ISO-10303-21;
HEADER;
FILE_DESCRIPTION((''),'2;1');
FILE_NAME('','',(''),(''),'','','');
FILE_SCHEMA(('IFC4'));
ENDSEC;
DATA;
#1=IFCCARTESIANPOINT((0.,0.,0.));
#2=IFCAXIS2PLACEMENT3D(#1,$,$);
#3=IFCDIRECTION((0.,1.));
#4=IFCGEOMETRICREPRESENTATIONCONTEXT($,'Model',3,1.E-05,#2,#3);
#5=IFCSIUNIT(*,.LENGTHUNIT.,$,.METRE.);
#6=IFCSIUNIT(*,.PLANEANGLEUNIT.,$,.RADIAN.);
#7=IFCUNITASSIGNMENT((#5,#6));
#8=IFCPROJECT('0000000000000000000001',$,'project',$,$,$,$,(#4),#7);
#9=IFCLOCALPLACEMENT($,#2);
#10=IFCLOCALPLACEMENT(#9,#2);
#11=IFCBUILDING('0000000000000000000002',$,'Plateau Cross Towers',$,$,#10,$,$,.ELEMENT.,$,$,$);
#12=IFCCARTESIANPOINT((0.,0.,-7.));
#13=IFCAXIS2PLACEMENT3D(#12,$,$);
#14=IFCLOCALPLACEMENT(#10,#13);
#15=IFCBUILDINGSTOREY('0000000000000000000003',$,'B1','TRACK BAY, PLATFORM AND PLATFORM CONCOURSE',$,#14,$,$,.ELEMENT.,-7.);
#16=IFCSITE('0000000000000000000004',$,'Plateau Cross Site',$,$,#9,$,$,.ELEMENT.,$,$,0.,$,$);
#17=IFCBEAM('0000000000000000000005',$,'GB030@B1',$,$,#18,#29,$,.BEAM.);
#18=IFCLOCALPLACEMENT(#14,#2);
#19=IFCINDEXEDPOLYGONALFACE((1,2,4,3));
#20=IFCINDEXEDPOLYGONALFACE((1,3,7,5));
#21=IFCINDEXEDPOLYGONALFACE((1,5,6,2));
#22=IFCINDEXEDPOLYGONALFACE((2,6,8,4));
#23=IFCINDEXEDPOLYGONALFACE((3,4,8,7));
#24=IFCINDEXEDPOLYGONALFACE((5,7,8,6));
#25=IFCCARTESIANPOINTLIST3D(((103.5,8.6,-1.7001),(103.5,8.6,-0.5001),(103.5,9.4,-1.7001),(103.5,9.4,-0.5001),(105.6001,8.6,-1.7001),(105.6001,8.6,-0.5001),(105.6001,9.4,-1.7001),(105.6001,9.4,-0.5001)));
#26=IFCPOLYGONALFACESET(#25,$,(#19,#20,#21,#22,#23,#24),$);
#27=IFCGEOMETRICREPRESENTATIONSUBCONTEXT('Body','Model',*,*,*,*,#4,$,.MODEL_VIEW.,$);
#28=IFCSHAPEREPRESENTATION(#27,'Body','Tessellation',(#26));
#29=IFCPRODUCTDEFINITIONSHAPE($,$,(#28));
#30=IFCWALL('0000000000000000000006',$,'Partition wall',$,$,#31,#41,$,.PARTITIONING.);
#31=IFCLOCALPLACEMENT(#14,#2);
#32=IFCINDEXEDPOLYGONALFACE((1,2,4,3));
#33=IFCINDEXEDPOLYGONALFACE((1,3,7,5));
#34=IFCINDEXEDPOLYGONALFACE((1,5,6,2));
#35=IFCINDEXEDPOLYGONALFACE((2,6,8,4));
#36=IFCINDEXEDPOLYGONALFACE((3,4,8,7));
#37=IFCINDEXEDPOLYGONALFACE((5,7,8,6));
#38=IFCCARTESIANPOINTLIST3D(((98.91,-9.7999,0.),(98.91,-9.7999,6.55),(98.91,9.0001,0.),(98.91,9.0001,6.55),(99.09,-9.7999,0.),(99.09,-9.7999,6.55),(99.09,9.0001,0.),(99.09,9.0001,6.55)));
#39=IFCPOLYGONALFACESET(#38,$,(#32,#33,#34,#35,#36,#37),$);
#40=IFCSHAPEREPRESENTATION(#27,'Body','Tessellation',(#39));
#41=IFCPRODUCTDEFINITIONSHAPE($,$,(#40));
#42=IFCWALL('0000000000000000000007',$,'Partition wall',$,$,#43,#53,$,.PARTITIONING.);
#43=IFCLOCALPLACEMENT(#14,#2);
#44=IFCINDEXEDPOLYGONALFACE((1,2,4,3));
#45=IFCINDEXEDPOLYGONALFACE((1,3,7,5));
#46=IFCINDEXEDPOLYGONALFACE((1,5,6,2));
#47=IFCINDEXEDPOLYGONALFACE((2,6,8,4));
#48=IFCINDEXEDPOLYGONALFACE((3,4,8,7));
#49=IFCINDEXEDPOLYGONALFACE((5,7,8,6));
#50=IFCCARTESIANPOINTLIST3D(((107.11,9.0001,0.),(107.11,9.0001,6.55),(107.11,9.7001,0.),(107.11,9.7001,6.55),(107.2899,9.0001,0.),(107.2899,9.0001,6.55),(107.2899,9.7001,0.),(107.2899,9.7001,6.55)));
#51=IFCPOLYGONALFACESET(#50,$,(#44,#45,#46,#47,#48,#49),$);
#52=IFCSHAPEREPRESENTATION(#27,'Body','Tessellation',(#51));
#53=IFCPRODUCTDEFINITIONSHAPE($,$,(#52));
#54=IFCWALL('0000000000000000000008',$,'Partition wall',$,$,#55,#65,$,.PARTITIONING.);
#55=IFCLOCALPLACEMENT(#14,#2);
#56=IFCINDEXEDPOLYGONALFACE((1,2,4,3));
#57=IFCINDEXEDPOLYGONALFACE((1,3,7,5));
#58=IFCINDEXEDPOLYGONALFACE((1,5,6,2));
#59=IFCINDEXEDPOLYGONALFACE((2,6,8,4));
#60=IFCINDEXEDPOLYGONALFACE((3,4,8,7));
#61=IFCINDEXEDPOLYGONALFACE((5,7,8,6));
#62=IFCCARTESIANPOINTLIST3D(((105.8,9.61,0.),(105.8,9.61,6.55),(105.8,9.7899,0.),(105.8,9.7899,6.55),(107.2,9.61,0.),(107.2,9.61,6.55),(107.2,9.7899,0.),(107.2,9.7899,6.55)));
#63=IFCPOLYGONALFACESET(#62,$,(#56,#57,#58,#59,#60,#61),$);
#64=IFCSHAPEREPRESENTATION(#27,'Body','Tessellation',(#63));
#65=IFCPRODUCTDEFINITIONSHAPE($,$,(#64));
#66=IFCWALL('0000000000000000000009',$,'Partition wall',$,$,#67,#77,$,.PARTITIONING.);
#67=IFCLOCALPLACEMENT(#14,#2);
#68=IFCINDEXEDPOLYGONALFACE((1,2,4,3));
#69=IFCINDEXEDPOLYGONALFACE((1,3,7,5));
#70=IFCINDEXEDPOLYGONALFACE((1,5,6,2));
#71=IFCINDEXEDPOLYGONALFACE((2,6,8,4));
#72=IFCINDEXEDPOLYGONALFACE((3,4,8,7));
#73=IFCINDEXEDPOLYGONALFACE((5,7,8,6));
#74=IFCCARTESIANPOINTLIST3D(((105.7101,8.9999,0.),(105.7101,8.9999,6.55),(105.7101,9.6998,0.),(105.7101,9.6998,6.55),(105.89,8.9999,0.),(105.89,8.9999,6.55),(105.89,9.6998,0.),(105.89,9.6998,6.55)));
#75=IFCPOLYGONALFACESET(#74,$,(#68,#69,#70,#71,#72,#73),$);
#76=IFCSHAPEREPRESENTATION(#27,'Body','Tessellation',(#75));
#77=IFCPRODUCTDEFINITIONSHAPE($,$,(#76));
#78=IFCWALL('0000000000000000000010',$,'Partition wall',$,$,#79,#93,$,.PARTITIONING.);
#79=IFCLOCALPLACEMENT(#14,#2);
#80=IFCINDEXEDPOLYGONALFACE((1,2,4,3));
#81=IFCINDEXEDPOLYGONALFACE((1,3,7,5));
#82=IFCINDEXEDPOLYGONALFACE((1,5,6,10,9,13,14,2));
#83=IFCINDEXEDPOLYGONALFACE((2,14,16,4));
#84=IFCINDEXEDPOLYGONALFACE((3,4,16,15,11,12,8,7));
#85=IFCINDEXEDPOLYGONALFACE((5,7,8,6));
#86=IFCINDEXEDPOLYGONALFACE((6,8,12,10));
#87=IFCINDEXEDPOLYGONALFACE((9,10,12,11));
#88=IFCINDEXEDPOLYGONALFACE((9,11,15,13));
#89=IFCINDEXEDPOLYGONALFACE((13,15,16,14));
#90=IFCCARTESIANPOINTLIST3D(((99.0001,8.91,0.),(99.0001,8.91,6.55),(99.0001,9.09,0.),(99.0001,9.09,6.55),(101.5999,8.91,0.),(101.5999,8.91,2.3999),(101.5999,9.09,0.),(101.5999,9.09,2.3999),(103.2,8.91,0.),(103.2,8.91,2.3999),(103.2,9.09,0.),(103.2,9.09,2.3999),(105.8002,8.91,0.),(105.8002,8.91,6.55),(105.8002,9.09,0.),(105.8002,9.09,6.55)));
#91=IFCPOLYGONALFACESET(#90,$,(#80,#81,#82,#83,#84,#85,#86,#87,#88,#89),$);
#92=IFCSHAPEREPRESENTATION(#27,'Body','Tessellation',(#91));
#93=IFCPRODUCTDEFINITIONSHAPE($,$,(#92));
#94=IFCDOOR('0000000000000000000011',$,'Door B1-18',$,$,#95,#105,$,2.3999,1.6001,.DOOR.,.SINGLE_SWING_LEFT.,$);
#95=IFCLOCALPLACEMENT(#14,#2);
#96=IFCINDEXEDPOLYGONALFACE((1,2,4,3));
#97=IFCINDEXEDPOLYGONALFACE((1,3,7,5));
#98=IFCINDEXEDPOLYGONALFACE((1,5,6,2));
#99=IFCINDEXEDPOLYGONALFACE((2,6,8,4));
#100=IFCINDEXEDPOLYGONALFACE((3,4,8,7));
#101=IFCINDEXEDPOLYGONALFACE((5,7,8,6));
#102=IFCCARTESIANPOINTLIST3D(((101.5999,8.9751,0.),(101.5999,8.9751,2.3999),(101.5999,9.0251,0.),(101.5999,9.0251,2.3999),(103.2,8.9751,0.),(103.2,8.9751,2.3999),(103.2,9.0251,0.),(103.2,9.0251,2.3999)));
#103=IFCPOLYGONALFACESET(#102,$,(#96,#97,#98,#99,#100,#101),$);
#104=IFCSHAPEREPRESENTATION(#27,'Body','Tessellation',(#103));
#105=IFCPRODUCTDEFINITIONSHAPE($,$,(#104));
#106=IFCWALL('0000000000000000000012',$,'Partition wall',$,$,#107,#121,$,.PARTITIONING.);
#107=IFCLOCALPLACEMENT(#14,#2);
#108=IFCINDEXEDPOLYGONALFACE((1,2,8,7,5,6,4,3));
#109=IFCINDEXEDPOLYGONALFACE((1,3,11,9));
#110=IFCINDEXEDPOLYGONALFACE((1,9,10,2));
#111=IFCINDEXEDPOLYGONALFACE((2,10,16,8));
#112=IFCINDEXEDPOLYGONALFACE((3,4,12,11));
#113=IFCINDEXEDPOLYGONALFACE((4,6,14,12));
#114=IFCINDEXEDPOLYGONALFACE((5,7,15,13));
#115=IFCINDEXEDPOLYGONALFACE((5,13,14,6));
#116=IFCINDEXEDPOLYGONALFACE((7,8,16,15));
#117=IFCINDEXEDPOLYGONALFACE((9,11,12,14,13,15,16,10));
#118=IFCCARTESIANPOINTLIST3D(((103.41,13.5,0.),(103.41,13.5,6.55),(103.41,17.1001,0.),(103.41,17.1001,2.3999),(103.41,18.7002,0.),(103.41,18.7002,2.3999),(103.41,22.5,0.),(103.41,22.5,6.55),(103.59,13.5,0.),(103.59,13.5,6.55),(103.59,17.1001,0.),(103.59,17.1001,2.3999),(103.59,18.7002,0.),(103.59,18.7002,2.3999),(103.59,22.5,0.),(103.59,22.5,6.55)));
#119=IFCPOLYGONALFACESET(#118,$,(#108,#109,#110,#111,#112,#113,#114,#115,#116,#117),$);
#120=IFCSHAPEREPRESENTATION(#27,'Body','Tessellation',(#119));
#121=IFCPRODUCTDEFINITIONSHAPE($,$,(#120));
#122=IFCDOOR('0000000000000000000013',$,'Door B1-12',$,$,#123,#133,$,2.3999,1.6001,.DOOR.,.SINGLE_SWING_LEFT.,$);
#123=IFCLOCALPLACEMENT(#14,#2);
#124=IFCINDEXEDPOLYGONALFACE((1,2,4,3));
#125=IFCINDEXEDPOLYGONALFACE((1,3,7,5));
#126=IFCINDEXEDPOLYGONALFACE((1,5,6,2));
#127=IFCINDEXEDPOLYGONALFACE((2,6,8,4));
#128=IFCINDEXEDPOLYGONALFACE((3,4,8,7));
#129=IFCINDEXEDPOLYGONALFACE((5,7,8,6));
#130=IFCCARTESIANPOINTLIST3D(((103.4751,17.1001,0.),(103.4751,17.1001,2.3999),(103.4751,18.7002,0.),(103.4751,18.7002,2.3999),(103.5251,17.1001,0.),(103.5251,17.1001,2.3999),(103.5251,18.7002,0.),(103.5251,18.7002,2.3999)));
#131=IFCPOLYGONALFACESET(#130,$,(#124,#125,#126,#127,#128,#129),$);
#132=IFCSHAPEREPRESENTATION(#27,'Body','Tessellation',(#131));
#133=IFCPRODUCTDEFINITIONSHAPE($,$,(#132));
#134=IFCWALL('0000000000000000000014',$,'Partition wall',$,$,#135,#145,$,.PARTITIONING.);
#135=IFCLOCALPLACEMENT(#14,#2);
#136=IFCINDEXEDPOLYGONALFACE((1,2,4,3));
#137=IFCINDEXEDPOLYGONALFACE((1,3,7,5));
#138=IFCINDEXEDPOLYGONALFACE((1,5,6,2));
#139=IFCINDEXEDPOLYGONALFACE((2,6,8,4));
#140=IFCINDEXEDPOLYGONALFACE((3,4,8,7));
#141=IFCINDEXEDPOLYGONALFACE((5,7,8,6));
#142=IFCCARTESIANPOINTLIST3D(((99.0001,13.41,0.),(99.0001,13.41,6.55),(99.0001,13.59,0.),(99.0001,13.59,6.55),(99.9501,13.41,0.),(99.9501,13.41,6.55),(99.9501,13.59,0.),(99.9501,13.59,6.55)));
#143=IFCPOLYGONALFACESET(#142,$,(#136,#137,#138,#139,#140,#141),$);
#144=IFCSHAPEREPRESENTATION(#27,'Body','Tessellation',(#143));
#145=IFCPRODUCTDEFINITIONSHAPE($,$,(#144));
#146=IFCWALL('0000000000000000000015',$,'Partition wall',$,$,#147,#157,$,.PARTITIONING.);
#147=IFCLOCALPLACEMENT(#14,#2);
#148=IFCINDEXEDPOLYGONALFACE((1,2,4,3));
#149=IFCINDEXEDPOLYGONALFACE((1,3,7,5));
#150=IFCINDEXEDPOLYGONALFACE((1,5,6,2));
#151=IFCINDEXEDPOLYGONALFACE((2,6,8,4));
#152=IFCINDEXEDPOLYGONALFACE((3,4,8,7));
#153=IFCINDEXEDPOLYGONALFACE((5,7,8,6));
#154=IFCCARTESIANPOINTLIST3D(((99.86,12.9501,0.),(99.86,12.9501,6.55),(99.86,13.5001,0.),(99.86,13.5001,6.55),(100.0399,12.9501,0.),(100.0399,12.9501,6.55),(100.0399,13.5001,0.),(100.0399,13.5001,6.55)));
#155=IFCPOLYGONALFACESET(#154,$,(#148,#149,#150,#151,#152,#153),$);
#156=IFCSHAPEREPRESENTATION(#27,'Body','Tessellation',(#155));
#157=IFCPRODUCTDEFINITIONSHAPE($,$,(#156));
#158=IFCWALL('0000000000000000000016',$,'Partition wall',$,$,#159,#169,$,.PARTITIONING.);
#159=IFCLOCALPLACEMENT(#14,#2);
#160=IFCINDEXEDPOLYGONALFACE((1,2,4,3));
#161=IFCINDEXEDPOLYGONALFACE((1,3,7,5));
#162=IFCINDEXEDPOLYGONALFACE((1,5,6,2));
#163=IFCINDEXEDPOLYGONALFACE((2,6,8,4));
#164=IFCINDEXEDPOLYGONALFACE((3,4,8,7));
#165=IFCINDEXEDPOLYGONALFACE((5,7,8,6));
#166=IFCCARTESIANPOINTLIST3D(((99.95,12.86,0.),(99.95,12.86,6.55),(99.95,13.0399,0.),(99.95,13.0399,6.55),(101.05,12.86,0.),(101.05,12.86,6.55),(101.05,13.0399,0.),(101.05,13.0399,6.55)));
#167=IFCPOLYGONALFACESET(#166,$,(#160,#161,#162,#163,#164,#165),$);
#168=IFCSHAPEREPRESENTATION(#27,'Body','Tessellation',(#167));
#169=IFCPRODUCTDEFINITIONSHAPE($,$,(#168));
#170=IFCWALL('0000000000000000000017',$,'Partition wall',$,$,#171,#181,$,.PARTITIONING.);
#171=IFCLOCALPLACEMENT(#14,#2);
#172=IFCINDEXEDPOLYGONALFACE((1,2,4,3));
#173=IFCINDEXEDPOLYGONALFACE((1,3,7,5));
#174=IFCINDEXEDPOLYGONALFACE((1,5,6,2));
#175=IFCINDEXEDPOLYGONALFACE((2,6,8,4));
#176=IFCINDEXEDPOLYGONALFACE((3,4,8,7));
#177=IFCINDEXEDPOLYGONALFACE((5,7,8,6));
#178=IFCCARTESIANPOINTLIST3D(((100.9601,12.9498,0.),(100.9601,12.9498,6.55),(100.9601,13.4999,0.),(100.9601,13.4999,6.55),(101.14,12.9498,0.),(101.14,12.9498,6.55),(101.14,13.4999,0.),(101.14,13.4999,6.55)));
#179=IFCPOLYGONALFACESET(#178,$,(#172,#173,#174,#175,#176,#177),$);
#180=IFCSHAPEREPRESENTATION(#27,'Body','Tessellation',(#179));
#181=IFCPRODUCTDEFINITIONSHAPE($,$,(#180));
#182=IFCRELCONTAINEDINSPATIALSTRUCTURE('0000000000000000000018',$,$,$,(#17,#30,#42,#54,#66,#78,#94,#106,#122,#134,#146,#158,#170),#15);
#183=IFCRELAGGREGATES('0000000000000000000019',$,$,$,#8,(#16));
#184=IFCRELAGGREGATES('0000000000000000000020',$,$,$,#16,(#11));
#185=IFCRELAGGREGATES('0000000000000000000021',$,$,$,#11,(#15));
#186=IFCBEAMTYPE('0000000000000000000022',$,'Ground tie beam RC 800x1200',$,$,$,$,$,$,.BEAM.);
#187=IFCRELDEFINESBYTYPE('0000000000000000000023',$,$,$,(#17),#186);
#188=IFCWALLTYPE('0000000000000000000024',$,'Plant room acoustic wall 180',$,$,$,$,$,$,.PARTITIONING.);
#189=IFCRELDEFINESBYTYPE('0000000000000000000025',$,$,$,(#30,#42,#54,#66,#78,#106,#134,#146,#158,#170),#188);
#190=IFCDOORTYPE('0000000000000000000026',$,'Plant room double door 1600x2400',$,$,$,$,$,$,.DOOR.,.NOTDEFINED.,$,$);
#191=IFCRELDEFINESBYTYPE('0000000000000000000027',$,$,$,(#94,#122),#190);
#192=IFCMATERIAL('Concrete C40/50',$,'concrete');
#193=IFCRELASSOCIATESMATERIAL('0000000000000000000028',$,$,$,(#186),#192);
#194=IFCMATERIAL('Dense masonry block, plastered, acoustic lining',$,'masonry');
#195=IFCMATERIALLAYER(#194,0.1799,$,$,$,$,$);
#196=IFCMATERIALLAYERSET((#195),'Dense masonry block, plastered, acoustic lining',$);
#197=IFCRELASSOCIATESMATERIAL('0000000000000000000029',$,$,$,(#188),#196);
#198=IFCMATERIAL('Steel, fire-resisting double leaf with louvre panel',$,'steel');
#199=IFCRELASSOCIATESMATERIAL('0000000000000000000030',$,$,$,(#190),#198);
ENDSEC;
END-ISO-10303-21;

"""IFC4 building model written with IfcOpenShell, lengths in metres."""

from ifc_helpers import new_model, si_unit, direction, frame, frame_2d, origin, origin_2d, place, context, subcontext, project, spatial, rectangle, extrude, material, layer, layer_set, material_profile, profile_set, type_object, element, fill, save


model = new_model("IFC4")

# Units and contexts
model_context = context("Model", 3, precision=1e-05, world=origin(), true_north=direction((0.0, 1.0)))
body_context = subcontext(model_context, "Body", "Model", "MODEL_VIEW")
ifc_project = project(units=[si_unit("LENGTHUNIT", "METRE"), si_unit("PLANEANGLEUNIT", "RADIAN")], contexts=[model_context])

# Site, building, storey
site_placement = place(None, origin())
site = spatial("IfcSite", under=ifc_project, at=site_placement, Name="Plateau Cross Site", CompositionType="ELEMENT", RefElevation=0.0)
building_placement = place(site_placement, origin())
building = spatial("IfcBuilding", under=site, at=building_placement, Name="Plateau Cross Towers", CompositionType="ELEMENT")
storey_placement = place(building_placement, frame((0.0, 0.0, -7.0)))
storey = spatial("IfcBuildingStorey", under=building, at=storey_placement, Name="B1", Description="TRACK BAY, PLATFORM AND PLATFORM CONCOURSE", CompositionType="ELEMENT", Elevation=-7.0)

# Shared definitions
ifc_material_1 = material(Name="Concrete C40/50", Category="concrete")

# Beam
ifc_material_profile_1 = material_profile(ifc_material_1, rectangle(XDim=0.8, YDim=1.2, at=origin_2d()), Name="RC 800x1200")
ifc_profile_set_1 = profile_set([ifc_material_profile_1], Name="Concrete C40/50")
beam_type_1 = type_object("IfcBeamType", Name="Ground tie beam RC 800x1200", PredefinedType="BEAM", material=ifc_profile_set_1)
beam_1_placement = place(storey_placement, frame((103.5, 9.0, -1.1001), z_axis=(1.0, 0.0, 0.0), x_axis=(0.0, 1.0, 0.0)))
element("IfcBeam", 1, at=beam_1_placement, inside=storey, type_object=beam_type_1, Name="GB030@B1", PredefinedType="BEAM", context=body_context, shape_type="SweptSolid", body=[
    extrude(rectangle(XDim=0.8, YDim=1.2, at=origin_2d()), origin(), (0.0, 0.0, 1.0), 2.1001),
])

# Walls
ifc_material_2 = material(Name="Dense masonry block, plastered, acoustic lining", Category="masonry")
ifc_layer = layer(ifc_material_2, 0.1799)
ifc_layer_set = layer_set([ifc_layer], Name="Dense masonry block, plastered, acoustic lining")
wall_type = type_object("IfcWallType", Name="Plant room acoustic wall 180", PredefinedType="PARTITIONING", material=ifc_layer_set)
wall_1_placement = place(storey_placement, frame((99.0, 9.0, 0.0), z_axis=(0.0, 0.0, 1.0), x_axis=(0.0, -1.0, 0.0)))
element("IfcWall", 2, at=wall_1_placement, inside=storey, type_object=wall_type, Name="Partition wall", PredefinedType="PARTITIONING", context=body_context, shape_type="SweptSolid", body=[
    extrude(rectangle(XDim=18.8, YDim=0.1799, at=frame_2d((9.3999, 0.0))), origin(), (0.0, 0.0, 1.0), 6.55),
])
wall_2_placement = place(storey_placement, frame((107.2, 9.0, 0.0), z_axis=(0.0, 0.0, 1.0), x_axis=(0.0, 1.0, 0.0)))
element("IfcWall", 3, at=wall_2_placement, inside=storey, type_object=wall_type, Name="Partition wall", PredefinedType="PARTITIONING", context=body_context, shape_type="SweptSolid", body=[
    extrude(rectangle(XDim=0.7, YDim=0.1799, at=frame_2d((0.3501, 0.0))), origin(), (0.0, 0.0, 1.0), 6.55),
])
wall_3_placement = place(storey_placement, frame((107.2, 9.7, 0.0), z_axis=(0.0, 0.0, 1.0), x_axis=(-1.0, 0.0, 0.0)))
element("IfcWall", 4, at=wall_3_placement, inside=storey, type_object=wall_type, Name="Partition wall", PredefinedType="PARTITIONING", context=body_context, shape_type="SweptSolid", body=[
    extrude(rectangle(XDim=1.3999, YDim=0.1799, at=frame_2d((0.7, 0.0))), origin(), (0.0, 0.0, 1.0), 6.55),
])
wall_4_placement = place(storey_placement, frame((105.8, 9.7, 0.0), z_axis=(0.0, 0.0, 1.0), x_axis=(0.0, -1.0, 0.0)))
element("IfcWall", 5, at=wall_4_placement, inside=storey, type_object=wall_type, Name="Partition wall", PredefinedType="PARTITIONING", context=body_context, shape_type="SweptSolid", body=[
    extrude(rectangle(XDim=0.7, YDim=0.1799, at=frame_2d((0.3501, 0.0))), origin(), (0.0, 0.0, 1.0), 6.55),
])

# Walls, openings, doors
wall_5_placement = place(storey_placement, frame((105.8, 9.0, 0.0), z_axis=(0.0, 0.0, 1.0), x_axis=(-1.0, 0.0, 0.0)))
wall_5 = element("IfcWall", 6, at=wall_5_placement, inside=storey, type_object=wall_type, Name="Partition wall", PredefinedType="PARTITIONING", context=body_context, shape_type="SweptSolid", body=[
    extrude(rectangle(XDim=6.8, YDim=0.1799, at=frame_2d((3.3999, 0.0))), origin(), (0.0, 0.0, 1.0), 6.55),
])
opening_1_placement = place(wall_5_placement, frame((2.6001, 0.0, 0.0)))
opening_1 = element("IfcOpeningElement", 7, at=opening_1_placement, cuts=wall_5, PredefinedType="OPENING", context=body_context, shape_type="SweptSolid", body=[
    extrude(rectangle(XDim=1.6001, YDim=2.3999, at=frame_2d((0.8, 1.2))), frame((0.0, 0.0999, 0.0), z_axis=(0.0, -1.0, 0.0), x_axis=(1.0, 0.0, 0.0)), (0.0, 0.0, 1.0), 0.2),
])
ifc_material_3 = material(Name="Steel, fire-resisting double leaf with louvre panel", Category="steel")
door_type = type_object("IfcDoorType", Name="Plant room double door 1600x2400", OperationType="NOTDEFINED", PredefinedType="DOOR", material=ifc_material_3)
door_1_placement = place(opening_1_placement, origin())
door_1 = element("IfcDoor", 8, at=door_1_placement, inside=storey, type_object=door_type, Name="Door B1-18", OperationType="SINGLE_SWING_LEFT", OverallHeight=2.3999, OverallWidth=1.6001, PredefinedType="DOOR", context=body_context, shape_type="SweptSolid", body=[
    extrude(rectangle(XDim=1.6001, YDim=2.3999, at=frame_2d((0.8, 1.2))), frame((0.0, 0.0249, 0.0), z_axis=(0.0, -1.0, 0.0), x_axis=(1.0, 0.0, 0.0)), (0.0, 0.0, 1.0), 0.05),
])
fill(opening_1, door_1)
wall_6_placement = place(storey_placement, frame((103.5, 13.5, 0.0), z_axis=(0.0, 0.0, 1.0), x_axis=(0.0, 1.0, 0.0)))
wall_6 = element("IfcWall", 9, at=wall_6_placement, inside=storey, type_object=wall_type, Name="Partition wall", PredefinedType="PARTITIONING", context=body_context, shape_type="SweptSolid", body=[
    extrude(rectangle(XDim=9.0, YDim=0.1799, at=frame_2d((4.5, 0.0))), origin(), (0.0, 0.0, 1.0), 6.55),
])
opening_2_placement = place(wall_6_placement, frame((3.6001, 0.0, 0.0)))
opening_2 = element("IfcOpeningElement", 10, at=opening_2_placement, cuts=wall_6, PredefinedType="OPENING", context=body_context, shape_type="SweptSolid", body=[
    extrude(rectangle(XDim=1.6001, YDim=2.3999, at=frame_2d((0.8, 1.2))), frame((0.0, 0.0999, 0.0), z_axis=(0.0, -1.0, 0.0), x_axis=(1.0, 0.0, 0.0)), (0.0, 0.0, 1.0), 0.2),
])
door_2_placement = place(opening_2_placement, origin())
door_2 = element("IfcDoor", 11, at=door_2_placement, inside=storey, type_object=door_type, Name="Door B1-12", OperationType="SINGLE_SWING_LEFT", OverallHeight=2.3999, OverallWidth=1.6001, PredefinedType="DOOR", context=body_context, shape_type="SweptSolid", body=[
    extrude(rectangle(XDim=1.6001, YDim=2.3999, at=frame_2d((0.8, 1.2))), frame((0.0, 0.0249, 0.0), z_axis=(0.0, -1.0, 0.0), x_axis=(1.0, 0.0, 0.0)), (0.0, 0.0, 1.0), 0.05),
])
fill(opening_2, door_2)

# Walls
wall_7_placement = place(storey_placement, frame((99.0, 13.5, 0.0), z_axis=(0.0, 0.0, 1.0), x_axis=(1.0, 0.0, 0.0)))
element("IfcWall", 12, at=wall_7_placement, inside=storey, type_object=wall_type, Name="Partition wall", PredefinedType="PARTITIONING", context=body_context, shape_type="SweptSolid", body=[
    extrude(rectangle(XDim=0.95, YDim=0.1799, at=frame_2d((0.4751, 0.0))), origin(), (0.0, 0.0, 1.0), 6.55),
])
wall_8_placement = place(storey_placement, frame((99.95, 13.5, 0.0), z_axis=(0.0, 0.0, 1.0), x_axis=(0.0, -1.0, 0.0)))
element("IfcWall", 13, at=wall_8_placement, inside=storey, type_object=wall_type, Name="Partition wall", PredefinedType="PARTITIONING", context=body_context, shape_type="SweptSolid", body=[
    extrude(rectangle(XDim=0.55, YDim=0.1799, at=frame_2d((0.2749, 0.0))), origin(), (0.0, 0.0, 1.0), 6.55),
])
wall_9_placement = place(storey_placement, frame((99.95, 12.95, 0.0), z_axis=(0.0, 0.0, 1.0), x_axis=(1.0, 0.0, 0.0)))
element("IfcWall", 14, at=wall_9_placement, inside=storey, type_object=wall_type, Name="Partition wall", PredefinedType="PARTITIONING", context=body_context, shape_type="SweptSolid", body=[
    extrude(rectangle(XDim=1.1001, YDim=0.1799, at=frame_2d((0.55, 0.0))), origin(), (0.0, 0.0, 1.0), 6.55),
])
wall_10_placement = place(storey_placement, frame((101.05, 12.95, 0.0), z_axis=(0.0, 0.0, 1.0), x_axis=(0.0, 1.0, 0.0)))
element("IfcWall", 15, at=wall_10_placement, inside=storey, type_object=wall_type, Name="Partition wall", PredefinedType="PARTITIONING", context=body_context, shape_type="SweptSolid", body=[
    extrude(rectangle(XDim=0.55, YDim=0.1799, at=frame_2d((0.2749, 0.0))), origin(), (0.0, 0.0, 1.0), 6.55),
])

save(model, "model.ifc")
